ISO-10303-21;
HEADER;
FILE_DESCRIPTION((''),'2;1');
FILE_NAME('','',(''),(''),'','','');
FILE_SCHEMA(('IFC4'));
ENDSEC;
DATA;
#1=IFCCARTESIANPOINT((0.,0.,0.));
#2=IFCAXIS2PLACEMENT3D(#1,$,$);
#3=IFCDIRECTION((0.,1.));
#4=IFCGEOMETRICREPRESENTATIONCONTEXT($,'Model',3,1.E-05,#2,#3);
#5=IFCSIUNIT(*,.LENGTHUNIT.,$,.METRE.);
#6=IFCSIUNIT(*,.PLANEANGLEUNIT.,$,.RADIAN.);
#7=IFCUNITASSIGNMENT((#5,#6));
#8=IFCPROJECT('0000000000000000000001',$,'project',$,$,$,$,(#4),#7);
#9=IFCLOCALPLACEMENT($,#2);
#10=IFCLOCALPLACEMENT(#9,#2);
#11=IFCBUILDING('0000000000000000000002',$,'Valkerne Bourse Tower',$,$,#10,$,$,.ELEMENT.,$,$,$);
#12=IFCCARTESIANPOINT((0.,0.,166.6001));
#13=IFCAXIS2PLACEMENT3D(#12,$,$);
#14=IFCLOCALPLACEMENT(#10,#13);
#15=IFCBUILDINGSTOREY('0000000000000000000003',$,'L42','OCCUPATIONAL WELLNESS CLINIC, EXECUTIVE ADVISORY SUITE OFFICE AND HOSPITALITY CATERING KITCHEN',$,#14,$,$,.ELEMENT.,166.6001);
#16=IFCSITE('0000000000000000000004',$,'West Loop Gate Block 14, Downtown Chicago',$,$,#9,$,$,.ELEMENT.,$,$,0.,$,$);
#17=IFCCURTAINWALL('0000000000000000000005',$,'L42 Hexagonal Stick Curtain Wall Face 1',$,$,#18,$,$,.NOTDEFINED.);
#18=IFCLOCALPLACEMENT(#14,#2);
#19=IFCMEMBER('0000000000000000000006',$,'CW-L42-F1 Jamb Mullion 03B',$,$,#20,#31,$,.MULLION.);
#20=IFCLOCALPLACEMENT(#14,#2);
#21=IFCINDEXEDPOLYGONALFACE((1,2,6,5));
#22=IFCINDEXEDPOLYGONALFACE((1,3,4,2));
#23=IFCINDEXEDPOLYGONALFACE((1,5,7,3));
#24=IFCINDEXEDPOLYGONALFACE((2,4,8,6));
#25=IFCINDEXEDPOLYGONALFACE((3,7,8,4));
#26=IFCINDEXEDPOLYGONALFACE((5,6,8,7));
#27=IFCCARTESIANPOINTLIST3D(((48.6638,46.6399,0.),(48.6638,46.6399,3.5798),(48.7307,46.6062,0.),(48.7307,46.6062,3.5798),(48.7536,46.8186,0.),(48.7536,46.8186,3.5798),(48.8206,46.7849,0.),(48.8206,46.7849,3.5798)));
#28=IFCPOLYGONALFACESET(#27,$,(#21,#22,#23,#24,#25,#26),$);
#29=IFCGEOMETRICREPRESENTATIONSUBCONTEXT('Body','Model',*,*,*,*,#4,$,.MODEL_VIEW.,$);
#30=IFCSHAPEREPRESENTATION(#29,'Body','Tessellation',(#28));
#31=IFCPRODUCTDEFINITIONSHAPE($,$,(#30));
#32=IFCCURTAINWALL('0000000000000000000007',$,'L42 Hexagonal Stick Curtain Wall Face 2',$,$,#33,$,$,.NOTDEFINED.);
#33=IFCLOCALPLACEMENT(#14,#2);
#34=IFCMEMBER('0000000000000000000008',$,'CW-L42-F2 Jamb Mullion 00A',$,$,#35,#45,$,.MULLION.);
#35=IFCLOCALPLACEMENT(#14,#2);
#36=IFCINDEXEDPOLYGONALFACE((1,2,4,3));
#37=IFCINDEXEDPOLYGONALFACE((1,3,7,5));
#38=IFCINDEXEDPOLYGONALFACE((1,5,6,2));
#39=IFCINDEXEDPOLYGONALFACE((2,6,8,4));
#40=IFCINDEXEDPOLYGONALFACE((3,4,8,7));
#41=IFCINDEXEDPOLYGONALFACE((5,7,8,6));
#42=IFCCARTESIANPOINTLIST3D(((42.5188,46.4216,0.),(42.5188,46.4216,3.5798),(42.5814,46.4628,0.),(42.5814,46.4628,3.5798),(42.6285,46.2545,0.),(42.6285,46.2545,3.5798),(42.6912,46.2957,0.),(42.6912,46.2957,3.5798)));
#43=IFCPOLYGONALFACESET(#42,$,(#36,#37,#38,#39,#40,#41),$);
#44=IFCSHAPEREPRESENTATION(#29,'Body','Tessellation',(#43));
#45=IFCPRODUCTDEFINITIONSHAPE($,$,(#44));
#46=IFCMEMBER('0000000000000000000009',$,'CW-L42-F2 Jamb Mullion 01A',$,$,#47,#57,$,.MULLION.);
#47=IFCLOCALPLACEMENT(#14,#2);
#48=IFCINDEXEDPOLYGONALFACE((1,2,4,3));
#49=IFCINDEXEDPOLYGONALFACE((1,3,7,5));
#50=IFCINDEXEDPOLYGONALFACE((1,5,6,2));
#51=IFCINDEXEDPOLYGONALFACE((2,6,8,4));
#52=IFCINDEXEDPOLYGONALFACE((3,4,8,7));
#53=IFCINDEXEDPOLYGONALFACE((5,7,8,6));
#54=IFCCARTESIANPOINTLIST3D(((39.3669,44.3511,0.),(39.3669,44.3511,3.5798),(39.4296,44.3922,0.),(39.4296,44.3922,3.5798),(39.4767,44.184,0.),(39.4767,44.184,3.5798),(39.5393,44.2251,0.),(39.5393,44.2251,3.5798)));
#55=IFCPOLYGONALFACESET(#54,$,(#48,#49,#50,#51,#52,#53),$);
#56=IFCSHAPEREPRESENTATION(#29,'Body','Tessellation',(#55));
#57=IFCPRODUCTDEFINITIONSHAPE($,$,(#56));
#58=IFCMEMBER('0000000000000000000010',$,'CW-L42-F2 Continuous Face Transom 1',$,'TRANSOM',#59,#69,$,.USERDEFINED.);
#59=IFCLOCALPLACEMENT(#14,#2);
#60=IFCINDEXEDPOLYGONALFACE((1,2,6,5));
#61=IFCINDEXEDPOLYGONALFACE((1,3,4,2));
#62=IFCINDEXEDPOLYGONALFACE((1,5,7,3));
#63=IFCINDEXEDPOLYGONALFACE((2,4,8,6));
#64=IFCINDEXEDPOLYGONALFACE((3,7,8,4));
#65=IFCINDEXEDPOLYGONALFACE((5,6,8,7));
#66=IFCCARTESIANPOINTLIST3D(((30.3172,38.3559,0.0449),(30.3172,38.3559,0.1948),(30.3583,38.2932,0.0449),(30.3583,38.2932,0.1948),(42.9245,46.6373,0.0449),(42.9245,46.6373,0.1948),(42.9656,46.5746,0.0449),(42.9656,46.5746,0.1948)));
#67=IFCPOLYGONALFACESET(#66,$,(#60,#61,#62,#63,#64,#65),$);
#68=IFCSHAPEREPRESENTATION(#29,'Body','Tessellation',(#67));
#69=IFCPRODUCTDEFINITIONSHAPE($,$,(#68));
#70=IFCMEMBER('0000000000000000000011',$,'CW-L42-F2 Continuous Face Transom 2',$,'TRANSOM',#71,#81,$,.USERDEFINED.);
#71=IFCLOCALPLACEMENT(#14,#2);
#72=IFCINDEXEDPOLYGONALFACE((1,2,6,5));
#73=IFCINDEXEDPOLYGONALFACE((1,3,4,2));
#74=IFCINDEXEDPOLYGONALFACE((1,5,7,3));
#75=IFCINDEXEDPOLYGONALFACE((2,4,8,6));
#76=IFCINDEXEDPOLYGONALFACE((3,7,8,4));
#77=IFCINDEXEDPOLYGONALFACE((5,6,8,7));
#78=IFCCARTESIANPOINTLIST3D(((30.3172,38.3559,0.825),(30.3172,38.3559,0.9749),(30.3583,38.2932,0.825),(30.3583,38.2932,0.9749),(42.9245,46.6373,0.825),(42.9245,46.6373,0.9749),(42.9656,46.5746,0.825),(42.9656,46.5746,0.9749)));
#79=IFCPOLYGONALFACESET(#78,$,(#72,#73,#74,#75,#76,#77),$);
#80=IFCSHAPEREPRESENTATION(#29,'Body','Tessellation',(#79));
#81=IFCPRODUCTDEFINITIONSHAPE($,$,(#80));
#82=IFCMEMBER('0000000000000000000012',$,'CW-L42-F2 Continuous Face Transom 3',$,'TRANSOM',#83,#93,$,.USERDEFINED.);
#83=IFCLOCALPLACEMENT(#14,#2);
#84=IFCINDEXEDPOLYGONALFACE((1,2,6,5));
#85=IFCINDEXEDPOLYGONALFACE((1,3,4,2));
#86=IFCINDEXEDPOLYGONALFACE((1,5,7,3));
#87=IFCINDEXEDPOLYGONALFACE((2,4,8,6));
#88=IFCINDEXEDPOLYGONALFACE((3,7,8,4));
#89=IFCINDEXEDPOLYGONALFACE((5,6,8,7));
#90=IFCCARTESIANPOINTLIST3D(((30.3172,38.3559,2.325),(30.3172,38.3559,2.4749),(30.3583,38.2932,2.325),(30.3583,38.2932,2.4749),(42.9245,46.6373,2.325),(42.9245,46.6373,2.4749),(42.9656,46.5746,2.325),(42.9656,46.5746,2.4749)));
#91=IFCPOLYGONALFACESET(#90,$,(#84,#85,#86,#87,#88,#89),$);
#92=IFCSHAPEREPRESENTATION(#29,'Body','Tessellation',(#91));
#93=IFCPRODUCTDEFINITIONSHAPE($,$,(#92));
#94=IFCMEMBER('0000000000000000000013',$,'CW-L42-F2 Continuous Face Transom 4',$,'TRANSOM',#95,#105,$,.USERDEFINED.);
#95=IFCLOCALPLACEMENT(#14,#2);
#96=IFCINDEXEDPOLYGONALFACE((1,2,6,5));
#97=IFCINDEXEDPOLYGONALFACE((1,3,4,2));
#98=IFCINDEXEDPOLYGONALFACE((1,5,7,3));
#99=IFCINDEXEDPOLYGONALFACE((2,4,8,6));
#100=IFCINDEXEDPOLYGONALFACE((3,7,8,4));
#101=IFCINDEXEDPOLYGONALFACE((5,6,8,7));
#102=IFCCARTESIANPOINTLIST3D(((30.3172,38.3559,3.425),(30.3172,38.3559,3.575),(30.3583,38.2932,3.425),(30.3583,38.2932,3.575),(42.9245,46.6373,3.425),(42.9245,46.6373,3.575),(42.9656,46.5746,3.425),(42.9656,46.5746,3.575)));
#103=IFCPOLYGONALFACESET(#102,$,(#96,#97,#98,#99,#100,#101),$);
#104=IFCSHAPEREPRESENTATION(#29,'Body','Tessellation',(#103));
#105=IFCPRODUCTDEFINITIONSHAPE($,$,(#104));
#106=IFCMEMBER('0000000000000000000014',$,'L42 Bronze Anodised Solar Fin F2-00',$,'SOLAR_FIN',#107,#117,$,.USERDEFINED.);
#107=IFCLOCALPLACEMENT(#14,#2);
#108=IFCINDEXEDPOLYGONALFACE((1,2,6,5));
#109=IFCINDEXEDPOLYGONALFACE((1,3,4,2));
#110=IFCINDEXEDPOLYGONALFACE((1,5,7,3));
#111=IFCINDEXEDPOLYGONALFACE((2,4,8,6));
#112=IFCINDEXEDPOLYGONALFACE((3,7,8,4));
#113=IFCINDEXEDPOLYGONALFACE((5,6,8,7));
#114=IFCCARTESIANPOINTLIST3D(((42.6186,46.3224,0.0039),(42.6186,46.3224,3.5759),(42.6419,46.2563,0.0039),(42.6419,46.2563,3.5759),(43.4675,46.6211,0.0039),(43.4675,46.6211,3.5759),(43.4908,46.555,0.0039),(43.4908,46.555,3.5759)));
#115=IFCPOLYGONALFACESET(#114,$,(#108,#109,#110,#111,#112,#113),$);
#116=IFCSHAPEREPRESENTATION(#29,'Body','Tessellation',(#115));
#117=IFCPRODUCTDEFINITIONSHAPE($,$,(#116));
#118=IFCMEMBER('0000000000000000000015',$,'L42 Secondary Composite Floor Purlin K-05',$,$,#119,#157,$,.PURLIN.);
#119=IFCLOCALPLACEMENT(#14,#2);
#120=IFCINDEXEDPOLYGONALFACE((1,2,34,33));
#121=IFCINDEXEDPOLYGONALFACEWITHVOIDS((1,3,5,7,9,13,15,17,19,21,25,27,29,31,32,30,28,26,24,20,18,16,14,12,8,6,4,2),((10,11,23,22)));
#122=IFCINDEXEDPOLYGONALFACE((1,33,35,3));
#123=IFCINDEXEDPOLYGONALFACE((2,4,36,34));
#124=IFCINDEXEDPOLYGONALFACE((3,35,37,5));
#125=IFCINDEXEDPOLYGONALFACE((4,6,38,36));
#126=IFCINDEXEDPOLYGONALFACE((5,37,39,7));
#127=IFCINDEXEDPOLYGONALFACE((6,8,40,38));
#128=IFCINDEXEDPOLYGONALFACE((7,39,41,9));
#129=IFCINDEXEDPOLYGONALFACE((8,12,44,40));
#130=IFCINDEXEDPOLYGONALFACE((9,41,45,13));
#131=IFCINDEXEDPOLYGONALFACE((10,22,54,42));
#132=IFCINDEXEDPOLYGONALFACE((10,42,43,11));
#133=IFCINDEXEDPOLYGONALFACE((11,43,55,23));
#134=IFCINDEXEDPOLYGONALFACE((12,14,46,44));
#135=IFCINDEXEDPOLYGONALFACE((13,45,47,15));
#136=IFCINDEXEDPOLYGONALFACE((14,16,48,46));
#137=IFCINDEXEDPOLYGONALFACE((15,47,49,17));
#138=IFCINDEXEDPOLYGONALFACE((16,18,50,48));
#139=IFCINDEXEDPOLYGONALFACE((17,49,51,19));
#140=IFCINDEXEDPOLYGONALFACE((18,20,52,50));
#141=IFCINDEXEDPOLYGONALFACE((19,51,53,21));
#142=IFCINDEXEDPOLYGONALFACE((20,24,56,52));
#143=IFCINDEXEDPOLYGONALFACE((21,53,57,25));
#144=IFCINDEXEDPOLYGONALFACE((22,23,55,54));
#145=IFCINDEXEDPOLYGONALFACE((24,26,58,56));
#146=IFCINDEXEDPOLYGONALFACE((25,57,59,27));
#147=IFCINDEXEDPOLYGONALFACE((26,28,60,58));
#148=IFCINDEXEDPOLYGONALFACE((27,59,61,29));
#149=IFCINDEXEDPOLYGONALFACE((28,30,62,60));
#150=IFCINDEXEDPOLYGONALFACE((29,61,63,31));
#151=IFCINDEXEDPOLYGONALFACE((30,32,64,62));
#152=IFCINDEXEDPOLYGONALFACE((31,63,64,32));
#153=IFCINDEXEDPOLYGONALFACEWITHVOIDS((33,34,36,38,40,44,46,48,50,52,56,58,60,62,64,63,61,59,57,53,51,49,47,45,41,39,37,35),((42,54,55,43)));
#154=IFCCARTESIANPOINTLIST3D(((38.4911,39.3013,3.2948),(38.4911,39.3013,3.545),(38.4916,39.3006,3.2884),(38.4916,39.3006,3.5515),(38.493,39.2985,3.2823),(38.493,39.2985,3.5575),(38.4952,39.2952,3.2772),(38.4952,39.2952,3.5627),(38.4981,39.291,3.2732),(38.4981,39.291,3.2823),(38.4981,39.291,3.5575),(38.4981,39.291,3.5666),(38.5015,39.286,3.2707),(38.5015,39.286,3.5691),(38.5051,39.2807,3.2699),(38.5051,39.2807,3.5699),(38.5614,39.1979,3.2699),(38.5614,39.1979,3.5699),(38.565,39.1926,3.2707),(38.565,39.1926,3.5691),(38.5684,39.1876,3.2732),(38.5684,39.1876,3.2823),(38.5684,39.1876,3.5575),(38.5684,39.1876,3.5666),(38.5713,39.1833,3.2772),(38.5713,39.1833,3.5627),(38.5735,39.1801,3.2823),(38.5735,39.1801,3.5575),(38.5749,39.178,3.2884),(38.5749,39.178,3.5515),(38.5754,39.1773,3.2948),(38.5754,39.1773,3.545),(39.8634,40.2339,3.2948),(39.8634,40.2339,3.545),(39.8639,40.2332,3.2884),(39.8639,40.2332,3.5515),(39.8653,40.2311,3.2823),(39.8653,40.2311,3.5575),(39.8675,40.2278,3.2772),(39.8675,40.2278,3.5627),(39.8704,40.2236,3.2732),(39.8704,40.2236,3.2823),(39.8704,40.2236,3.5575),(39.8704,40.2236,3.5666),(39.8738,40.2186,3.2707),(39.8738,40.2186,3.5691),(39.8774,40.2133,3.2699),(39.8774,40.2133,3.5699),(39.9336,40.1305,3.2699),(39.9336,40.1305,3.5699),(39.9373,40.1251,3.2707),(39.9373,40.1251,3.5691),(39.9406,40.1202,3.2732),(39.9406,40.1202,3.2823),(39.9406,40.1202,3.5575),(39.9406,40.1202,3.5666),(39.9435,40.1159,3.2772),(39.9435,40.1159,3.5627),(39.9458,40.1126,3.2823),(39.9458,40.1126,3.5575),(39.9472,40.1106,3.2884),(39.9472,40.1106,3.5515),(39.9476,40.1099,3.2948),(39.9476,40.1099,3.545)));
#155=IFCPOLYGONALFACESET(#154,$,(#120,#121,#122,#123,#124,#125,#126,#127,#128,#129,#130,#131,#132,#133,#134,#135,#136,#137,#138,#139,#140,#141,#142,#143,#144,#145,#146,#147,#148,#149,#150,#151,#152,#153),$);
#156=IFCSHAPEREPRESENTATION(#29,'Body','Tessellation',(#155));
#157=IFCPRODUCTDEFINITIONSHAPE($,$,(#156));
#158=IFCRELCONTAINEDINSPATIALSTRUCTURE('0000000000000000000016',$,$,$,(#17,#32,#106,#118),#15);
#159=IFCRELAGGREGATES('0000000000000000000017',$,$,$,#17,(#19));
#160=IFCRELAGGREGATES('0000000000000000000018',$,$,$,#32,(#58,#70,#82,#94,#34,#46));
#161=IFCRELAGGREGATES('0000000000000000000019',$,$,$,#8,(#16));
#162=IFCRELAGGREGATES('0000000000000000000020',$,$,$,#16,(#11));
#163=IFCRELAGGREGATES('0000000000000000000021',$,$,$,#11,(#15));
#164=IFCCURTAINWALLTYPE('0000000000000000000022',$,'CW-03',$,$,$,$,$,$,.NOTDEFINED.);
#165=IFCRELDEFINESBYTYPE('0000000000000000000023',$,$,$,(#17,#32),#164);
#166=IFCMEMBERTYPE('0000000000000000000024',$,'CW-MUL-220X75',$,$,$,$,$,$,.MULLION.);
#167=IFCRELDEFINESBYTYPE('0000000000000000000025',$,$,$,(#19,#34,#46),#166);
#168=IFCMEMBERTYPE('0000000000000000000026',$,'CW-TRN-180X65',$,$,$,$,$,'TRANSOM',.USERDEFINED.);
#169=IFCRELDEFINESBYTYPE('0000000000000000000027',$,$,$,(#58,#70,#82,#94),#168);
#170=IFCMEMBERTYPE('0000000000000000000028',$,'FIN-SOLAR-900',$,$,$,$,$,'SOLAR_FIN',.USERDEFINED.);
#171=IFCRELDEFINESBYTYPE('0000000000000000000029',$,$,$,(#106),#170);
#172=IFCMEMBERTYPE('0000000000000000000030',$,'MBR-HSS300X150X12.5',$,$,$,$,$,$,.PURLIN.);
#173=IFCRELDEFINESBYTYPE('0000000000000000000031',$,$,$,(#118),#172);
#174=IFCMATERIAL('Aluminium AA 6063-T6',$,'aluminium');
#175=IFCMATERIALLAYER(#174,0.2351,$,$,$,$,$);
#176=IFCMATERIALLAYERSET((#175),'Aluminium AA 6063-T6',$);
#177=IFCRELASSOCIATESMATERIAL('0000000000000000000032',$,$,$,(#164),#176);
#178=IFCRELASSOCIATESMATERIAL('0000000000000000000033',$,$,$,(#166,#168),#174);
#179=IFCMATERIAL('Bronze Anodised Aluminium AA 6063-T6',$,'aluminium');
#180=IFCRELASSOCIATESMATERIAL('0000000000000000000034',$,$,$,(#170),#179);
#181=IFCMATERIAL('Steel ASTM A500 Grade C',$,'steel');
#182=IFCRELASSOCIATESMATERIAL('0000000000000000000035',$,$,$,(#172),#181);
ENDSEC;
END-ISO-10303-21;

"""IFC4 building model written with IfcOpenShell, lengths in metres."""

from ifc_helpers import new_model, si_unit, direction, frame, origin, origin_2d, place, context, subcontext, project, spatial, rectangle, hollow_rectangle, extrude, material, layer, layer_set, material_profile, profile_set, type_object, element, aggregate, save


model = new_model("IFC4")

# Units and contexts
model_context = context("Model", 3, precision=1e-05, world=origin(), true_north=direction((0.0, 1.0)))
body_context = subcontext(model_context, "Body", "Model", "MODEL_VIEW")
ifc_project = project(units=[si_unit("LENGTHUNIT", "METRE"), si_unit("PLANEANGLEUNIT", "RADIAN")], contexts=[model_context])

# Site, building, storey
site_placement = place(None, origin())
site = spatial("IfcSite", under=ifc_project, at=site_placement, Name="West Loop Gate Block 14, Downtown Chicago", CompositionType="ELEMENT", RefElevation=0.0)
building_placement = place(site_placement, origin())
building = spatial("IfcBuilding", under=site, at=building_placement, Name="Valkerne Bourse Tower", CompositionType="ELEMENT")
storey_placement = place(building_placement, frame((0.0, 0.0, 166.6001)))
storey = spatial("IfcBuildingStorey", under=building, at=storey_placement, Name="L42", Description="OCCUPATIONAL WELLNESS CLINIC, EXECUTIVE ADVISORY SUITE OFFICE AND HOSPITALITY CATERING KITCHEN", CompositionType="ELEMENT", Elevation=166.6001)

# Curtain wall, member
ifc_material_1 = material(Name="Aluminium AA 6063-T6", Category="aluminium")
ifc_layer_1 = layer(ifc_material_1, 0.2351)
ifc_layer_set_1 = layer_set([ifc_layer_1], Name="Aluminium AA 6063-T6")
curtain_wall_type = type_object("IfcCurtainWallType", Name="CW-03", PredefinedType="NOTDEFINED", material=ifc_layer_set_1)
curtain_wall_1_placement = place(storey_placement, origin())
curtain_wall_1 = element("IfcCurtainWall", 1, at=curtain_wall_1_placement, inside=storey, type_object=curtain_wall_type, Name="L42 Hexagonal Stick Curtain Wall Face 1", PredefinedType="NOTDEFINED")
ifc_material_profile_1 = material_profile(ifc_material_1, rectangle(XDim=0.075, YDim=0.2, at=origin_2d()), Name="CWM-75X200")
ifc_profile_set_1 = profile_set([ifc_material_profile_1], Name="Aluminium AA 6063-T6")
member_type_1 = type_object("IfcMemberType", Name="CW-MUL-220X75", PredefinedType="MULLION", material=ifc_profile_set_1)
member_1_placement = place(storey_placement, frame((48.7422, 46.7124, 0.0), z_axis=(0.0, 0.0, 1.0), x_axis=(-0.893369, 0.449323, 0.0)))
member_1 = element("IfcMember", 2, at=member_1_placement, type_object=member_type_1, Name="CW-L42-F1 Jamb Mullion 03B", PredefinedType="MULLION", context=body_context, shape_type="SweptSolid", body=[
    extrude(rectangle(XDim=0.075, YDim=0.2, at=origin_2d()), origin(), (0.0, 0.0, 1.0), 3.5798),
])

# Curtain wall, members
curtain_wall_2_placement = place(storey_placement, origin())
curtain_wall_2 = element("IfcCurtainWall", 3, at=curtain_wall_2_placement, inside=storey, type_object=curtain_wall_type, Name="L42 Hexagonal Stick Curtain Wall Face 2", PredefinedType="NOTDEFINED")
member_2_placement = place(storey_placement, frame((42.605, 46.3586, 0.0), z_axis=(0.0, 0.0, 1.0), x_axis=(-0.835801, -0.549033, 0.0)))
member_2 = element("IfcMember", 4, at=member_2_placement, type_object=member_type_1, Name="CW-L42-F2 Jamb Mullion 00A", PredefinedType="MULLION", context=body_context, shape_type="SweptSolid", body=[
    extrude(rectangle(XDim=0.075, YDim=0.2, at=origin_2d()), origin(), (0.0, 0.0, 1.0), 3.5798),
])
member_3_placement = place(storey_placement, frame((39.4531, 44.2881, 0.0), z_axis=(0.0, 0.0, 1.0), x_axis=(-0.835801, -0.549033, 0.0)))
member_3 = element("IfcMember", 5, at=member_3_placement, type_object=member_type_1, Name="CW-L42-F2 Jamb Mullion 01A", PredefinedType="MULLION", context=body_context, shape_type="SweptSolid", body=[
    extrude(rectangle(XDim=0.075, YDim=0.2, at=origin_2d()), origin(), (0.0, 0.0, 1.0), 3.5798),
])
ifc_material_profile_2 = material_profile(ifc_material_1, rectangle(XDim=0.075, YDim=0.1499, at=origin_2d()), Name="CWT-75X150")
ifc_profile_set_2 = profile_set([ifc_material_profile_2], Name="Aluminium AA 6063-T6")
member_type_2 = type_object("IfcMemberType", Name="CW-TRN-180X65", ElementType="TRANSOM", PredefinedType="USERDEFINED", material=ifc_profile_set_2)
member_4_placement = place(storey_placement, frame((42.9451, 46.606, 0.1199), z_axis=(-0.835808, -0.549021, 0.0), x_axis=(0.549021, -0.835808, 0.0)))
member_4 = element("IfcMember", 6, at=member_4_placement, type_object=member_type_2, Name="CW-L42-F2 Continuous Face Transom 1", ObjectType="TRANSOM", PredefinedType="USERDEFINED", context=body_context, shape_type="SweptSolid", body=[
    extrude(rectangle(XDim=0.075, YDim=0.1499, at=origin_2d()), origin(), (0.0, 0.0, 1.0), 15.084),
])
member_5_placement = place(storey_placement, frame((42.9451, 46.606, 0.8999), z_axis=(-0.835808, -0.549021, 0.0), x_axis=(0.549021, -0.835808, 0.0)))
member_5 = element("IfcMember", 7, at=member_5_placement, type_object=member_type_2, Name="CW-L42-F2 Continuous Face Transom 2", ObjectType="TRANSOM", PredefinedType="USERDEFINED", context=body_context, shape_type="SweptSolid", body=[
    extrude(rectangle(XDim=0.075, YDim=0.1499, at=origin_2d()), origin(), (0.0, 0.0, 1.0), 15.084),
])
member_6_placement = place(storey_placement, frame((42.9451, 46.606, 2.3999), z_axis=(-0.835808, -0.549021, 0.0), x_axis=(0.549021, -0.835808, 0.0)))
member_6 = element("IfcMember", 8, at=member_6_placement, type_object=member_type_2, Name="CW-L42-F2 Continuous Face Transom 3", ObjectType="TRANSOM", PredefinedType="USERDEFINED", context=body_context, shape_type="SweptSolid", body=[
    extrude(rectangle(XDim=0.075, YDim=0.1499, at=origin_2d()), origin(), (0.0, 0.0, 1.0), 15.084),
])
member_7_placement = place(storey_placement, frame((42.9451, 46.606, 3.5), z_axis=(-0.835808, -0.549021, 0.0), x_axis=(0.549021, -0.835808, 0.0)))
member_7 = element("IfcMember", 9, at=member_7_placement, type_object=member_type_2, Name="CW-L42-F2 Continuous Face Transom 4", ObjectType="TRANSOM", PredefinedType="USERDEFINED", context=body_context, shape_type="SweptSolid", body=[
    extrude(rectangle(XDim=0.075, YDim=0.1499, at=origin_2d()), origin(), (0.0, 0.0, 1.0), 15.084),
])

# Members
ifc_material_2 = material(Name="Bronze Anodised Aluminium AA 6063-T6", Category="aluminium")
ifc_material_profile_3 = material_profile(ifc_material_2, rectangle(XDim=0.0701, YDim=0.8999, at=origin_2d()), Name="FIN-70X900")
ifc_profile_set_3 = profile_set([ifc_material_profile_3], Name="Bronze Anodised Aluminium AA 6063-T6")
member_type_3 = type_object("IfcMemberType", Name="FIN-SOLAR-900", ElementType="SOLAR_FIN", PredefinedType="USERDEFINED", material=ifc_profile_set_3)
member_8_placement = place(storey_placement, frame((43.0547, 46.4387, 0.0039), z_axis=(0.0, 0.0, 1.0), x_axis=(-0.331918, 0.943308, 0.0)))
element("IfcMember", 10, at=member_8_placement, inside=storey, type_object=member_type_3, Name="L42 Bronze Anodised Solar Fin F2-00", ObjectType="SOLAR_FIN", PredefinedType="USERDEFINED", context=body_context, shape_type="SweptSolid", body=[
    extrude(rectangle(XDim=0.0701, YDim=0.8999, at=origin_2d()), origin(), (0.0, 0.0, 1.0), 3.572),
])
ifc_material_3 = material(Name="Steel ASTM A500 Grade C", Category="steel")
ifc_material_profile_4 = material_profile(ifc_material_3, hollow_rectangle(XDim=0.1499, YDim=0.3, WallThickness=0.0125, OuterFilletRadius=0.0249, at=origin_2d()), Name="HSS300X150X12.5")
ifc_profile_set_4 = profile_set([ifc_material_profile_4], Name="Steel ASTM A500 Grade C")
member_type_4 = type_object("IfcMemberType", Name="MBR-HSS300X150X12.5", PredefinedType="PURLIN", material=ifc_profile_set_4)
member_9_placement = place(storey_placement, frame((39.9055, 40.1719, 3.4199), z_axis=(-0.827082, -0.562081, 0.0), x_axis=(0.562081, -0.827082, 0.0)))
element("IfcMember", 11, at=member_9_placement, inside=storey, type_object=member_type_4, Name="L42 Secondary Composite Floor Purlin K-05", PredefinedType="PURLIN", context=body_context, shape_type="SweptSolid", body=[
    extrude(hollow_rectangle(XDim=0.1499, YDim=0.3, WallThickness=0.0125, OuterFilletRadius=0.0249, at=origin_2d()), origin(), (0.0, 0.0, 1.0), 1.6592),
])

aggregate(curtain_wall_1, [member_1])
aggregate(curtain_wall_2, [member_4, member_5, member_6, member_7, member_2, member_3])

save(model, "model.ifc")
